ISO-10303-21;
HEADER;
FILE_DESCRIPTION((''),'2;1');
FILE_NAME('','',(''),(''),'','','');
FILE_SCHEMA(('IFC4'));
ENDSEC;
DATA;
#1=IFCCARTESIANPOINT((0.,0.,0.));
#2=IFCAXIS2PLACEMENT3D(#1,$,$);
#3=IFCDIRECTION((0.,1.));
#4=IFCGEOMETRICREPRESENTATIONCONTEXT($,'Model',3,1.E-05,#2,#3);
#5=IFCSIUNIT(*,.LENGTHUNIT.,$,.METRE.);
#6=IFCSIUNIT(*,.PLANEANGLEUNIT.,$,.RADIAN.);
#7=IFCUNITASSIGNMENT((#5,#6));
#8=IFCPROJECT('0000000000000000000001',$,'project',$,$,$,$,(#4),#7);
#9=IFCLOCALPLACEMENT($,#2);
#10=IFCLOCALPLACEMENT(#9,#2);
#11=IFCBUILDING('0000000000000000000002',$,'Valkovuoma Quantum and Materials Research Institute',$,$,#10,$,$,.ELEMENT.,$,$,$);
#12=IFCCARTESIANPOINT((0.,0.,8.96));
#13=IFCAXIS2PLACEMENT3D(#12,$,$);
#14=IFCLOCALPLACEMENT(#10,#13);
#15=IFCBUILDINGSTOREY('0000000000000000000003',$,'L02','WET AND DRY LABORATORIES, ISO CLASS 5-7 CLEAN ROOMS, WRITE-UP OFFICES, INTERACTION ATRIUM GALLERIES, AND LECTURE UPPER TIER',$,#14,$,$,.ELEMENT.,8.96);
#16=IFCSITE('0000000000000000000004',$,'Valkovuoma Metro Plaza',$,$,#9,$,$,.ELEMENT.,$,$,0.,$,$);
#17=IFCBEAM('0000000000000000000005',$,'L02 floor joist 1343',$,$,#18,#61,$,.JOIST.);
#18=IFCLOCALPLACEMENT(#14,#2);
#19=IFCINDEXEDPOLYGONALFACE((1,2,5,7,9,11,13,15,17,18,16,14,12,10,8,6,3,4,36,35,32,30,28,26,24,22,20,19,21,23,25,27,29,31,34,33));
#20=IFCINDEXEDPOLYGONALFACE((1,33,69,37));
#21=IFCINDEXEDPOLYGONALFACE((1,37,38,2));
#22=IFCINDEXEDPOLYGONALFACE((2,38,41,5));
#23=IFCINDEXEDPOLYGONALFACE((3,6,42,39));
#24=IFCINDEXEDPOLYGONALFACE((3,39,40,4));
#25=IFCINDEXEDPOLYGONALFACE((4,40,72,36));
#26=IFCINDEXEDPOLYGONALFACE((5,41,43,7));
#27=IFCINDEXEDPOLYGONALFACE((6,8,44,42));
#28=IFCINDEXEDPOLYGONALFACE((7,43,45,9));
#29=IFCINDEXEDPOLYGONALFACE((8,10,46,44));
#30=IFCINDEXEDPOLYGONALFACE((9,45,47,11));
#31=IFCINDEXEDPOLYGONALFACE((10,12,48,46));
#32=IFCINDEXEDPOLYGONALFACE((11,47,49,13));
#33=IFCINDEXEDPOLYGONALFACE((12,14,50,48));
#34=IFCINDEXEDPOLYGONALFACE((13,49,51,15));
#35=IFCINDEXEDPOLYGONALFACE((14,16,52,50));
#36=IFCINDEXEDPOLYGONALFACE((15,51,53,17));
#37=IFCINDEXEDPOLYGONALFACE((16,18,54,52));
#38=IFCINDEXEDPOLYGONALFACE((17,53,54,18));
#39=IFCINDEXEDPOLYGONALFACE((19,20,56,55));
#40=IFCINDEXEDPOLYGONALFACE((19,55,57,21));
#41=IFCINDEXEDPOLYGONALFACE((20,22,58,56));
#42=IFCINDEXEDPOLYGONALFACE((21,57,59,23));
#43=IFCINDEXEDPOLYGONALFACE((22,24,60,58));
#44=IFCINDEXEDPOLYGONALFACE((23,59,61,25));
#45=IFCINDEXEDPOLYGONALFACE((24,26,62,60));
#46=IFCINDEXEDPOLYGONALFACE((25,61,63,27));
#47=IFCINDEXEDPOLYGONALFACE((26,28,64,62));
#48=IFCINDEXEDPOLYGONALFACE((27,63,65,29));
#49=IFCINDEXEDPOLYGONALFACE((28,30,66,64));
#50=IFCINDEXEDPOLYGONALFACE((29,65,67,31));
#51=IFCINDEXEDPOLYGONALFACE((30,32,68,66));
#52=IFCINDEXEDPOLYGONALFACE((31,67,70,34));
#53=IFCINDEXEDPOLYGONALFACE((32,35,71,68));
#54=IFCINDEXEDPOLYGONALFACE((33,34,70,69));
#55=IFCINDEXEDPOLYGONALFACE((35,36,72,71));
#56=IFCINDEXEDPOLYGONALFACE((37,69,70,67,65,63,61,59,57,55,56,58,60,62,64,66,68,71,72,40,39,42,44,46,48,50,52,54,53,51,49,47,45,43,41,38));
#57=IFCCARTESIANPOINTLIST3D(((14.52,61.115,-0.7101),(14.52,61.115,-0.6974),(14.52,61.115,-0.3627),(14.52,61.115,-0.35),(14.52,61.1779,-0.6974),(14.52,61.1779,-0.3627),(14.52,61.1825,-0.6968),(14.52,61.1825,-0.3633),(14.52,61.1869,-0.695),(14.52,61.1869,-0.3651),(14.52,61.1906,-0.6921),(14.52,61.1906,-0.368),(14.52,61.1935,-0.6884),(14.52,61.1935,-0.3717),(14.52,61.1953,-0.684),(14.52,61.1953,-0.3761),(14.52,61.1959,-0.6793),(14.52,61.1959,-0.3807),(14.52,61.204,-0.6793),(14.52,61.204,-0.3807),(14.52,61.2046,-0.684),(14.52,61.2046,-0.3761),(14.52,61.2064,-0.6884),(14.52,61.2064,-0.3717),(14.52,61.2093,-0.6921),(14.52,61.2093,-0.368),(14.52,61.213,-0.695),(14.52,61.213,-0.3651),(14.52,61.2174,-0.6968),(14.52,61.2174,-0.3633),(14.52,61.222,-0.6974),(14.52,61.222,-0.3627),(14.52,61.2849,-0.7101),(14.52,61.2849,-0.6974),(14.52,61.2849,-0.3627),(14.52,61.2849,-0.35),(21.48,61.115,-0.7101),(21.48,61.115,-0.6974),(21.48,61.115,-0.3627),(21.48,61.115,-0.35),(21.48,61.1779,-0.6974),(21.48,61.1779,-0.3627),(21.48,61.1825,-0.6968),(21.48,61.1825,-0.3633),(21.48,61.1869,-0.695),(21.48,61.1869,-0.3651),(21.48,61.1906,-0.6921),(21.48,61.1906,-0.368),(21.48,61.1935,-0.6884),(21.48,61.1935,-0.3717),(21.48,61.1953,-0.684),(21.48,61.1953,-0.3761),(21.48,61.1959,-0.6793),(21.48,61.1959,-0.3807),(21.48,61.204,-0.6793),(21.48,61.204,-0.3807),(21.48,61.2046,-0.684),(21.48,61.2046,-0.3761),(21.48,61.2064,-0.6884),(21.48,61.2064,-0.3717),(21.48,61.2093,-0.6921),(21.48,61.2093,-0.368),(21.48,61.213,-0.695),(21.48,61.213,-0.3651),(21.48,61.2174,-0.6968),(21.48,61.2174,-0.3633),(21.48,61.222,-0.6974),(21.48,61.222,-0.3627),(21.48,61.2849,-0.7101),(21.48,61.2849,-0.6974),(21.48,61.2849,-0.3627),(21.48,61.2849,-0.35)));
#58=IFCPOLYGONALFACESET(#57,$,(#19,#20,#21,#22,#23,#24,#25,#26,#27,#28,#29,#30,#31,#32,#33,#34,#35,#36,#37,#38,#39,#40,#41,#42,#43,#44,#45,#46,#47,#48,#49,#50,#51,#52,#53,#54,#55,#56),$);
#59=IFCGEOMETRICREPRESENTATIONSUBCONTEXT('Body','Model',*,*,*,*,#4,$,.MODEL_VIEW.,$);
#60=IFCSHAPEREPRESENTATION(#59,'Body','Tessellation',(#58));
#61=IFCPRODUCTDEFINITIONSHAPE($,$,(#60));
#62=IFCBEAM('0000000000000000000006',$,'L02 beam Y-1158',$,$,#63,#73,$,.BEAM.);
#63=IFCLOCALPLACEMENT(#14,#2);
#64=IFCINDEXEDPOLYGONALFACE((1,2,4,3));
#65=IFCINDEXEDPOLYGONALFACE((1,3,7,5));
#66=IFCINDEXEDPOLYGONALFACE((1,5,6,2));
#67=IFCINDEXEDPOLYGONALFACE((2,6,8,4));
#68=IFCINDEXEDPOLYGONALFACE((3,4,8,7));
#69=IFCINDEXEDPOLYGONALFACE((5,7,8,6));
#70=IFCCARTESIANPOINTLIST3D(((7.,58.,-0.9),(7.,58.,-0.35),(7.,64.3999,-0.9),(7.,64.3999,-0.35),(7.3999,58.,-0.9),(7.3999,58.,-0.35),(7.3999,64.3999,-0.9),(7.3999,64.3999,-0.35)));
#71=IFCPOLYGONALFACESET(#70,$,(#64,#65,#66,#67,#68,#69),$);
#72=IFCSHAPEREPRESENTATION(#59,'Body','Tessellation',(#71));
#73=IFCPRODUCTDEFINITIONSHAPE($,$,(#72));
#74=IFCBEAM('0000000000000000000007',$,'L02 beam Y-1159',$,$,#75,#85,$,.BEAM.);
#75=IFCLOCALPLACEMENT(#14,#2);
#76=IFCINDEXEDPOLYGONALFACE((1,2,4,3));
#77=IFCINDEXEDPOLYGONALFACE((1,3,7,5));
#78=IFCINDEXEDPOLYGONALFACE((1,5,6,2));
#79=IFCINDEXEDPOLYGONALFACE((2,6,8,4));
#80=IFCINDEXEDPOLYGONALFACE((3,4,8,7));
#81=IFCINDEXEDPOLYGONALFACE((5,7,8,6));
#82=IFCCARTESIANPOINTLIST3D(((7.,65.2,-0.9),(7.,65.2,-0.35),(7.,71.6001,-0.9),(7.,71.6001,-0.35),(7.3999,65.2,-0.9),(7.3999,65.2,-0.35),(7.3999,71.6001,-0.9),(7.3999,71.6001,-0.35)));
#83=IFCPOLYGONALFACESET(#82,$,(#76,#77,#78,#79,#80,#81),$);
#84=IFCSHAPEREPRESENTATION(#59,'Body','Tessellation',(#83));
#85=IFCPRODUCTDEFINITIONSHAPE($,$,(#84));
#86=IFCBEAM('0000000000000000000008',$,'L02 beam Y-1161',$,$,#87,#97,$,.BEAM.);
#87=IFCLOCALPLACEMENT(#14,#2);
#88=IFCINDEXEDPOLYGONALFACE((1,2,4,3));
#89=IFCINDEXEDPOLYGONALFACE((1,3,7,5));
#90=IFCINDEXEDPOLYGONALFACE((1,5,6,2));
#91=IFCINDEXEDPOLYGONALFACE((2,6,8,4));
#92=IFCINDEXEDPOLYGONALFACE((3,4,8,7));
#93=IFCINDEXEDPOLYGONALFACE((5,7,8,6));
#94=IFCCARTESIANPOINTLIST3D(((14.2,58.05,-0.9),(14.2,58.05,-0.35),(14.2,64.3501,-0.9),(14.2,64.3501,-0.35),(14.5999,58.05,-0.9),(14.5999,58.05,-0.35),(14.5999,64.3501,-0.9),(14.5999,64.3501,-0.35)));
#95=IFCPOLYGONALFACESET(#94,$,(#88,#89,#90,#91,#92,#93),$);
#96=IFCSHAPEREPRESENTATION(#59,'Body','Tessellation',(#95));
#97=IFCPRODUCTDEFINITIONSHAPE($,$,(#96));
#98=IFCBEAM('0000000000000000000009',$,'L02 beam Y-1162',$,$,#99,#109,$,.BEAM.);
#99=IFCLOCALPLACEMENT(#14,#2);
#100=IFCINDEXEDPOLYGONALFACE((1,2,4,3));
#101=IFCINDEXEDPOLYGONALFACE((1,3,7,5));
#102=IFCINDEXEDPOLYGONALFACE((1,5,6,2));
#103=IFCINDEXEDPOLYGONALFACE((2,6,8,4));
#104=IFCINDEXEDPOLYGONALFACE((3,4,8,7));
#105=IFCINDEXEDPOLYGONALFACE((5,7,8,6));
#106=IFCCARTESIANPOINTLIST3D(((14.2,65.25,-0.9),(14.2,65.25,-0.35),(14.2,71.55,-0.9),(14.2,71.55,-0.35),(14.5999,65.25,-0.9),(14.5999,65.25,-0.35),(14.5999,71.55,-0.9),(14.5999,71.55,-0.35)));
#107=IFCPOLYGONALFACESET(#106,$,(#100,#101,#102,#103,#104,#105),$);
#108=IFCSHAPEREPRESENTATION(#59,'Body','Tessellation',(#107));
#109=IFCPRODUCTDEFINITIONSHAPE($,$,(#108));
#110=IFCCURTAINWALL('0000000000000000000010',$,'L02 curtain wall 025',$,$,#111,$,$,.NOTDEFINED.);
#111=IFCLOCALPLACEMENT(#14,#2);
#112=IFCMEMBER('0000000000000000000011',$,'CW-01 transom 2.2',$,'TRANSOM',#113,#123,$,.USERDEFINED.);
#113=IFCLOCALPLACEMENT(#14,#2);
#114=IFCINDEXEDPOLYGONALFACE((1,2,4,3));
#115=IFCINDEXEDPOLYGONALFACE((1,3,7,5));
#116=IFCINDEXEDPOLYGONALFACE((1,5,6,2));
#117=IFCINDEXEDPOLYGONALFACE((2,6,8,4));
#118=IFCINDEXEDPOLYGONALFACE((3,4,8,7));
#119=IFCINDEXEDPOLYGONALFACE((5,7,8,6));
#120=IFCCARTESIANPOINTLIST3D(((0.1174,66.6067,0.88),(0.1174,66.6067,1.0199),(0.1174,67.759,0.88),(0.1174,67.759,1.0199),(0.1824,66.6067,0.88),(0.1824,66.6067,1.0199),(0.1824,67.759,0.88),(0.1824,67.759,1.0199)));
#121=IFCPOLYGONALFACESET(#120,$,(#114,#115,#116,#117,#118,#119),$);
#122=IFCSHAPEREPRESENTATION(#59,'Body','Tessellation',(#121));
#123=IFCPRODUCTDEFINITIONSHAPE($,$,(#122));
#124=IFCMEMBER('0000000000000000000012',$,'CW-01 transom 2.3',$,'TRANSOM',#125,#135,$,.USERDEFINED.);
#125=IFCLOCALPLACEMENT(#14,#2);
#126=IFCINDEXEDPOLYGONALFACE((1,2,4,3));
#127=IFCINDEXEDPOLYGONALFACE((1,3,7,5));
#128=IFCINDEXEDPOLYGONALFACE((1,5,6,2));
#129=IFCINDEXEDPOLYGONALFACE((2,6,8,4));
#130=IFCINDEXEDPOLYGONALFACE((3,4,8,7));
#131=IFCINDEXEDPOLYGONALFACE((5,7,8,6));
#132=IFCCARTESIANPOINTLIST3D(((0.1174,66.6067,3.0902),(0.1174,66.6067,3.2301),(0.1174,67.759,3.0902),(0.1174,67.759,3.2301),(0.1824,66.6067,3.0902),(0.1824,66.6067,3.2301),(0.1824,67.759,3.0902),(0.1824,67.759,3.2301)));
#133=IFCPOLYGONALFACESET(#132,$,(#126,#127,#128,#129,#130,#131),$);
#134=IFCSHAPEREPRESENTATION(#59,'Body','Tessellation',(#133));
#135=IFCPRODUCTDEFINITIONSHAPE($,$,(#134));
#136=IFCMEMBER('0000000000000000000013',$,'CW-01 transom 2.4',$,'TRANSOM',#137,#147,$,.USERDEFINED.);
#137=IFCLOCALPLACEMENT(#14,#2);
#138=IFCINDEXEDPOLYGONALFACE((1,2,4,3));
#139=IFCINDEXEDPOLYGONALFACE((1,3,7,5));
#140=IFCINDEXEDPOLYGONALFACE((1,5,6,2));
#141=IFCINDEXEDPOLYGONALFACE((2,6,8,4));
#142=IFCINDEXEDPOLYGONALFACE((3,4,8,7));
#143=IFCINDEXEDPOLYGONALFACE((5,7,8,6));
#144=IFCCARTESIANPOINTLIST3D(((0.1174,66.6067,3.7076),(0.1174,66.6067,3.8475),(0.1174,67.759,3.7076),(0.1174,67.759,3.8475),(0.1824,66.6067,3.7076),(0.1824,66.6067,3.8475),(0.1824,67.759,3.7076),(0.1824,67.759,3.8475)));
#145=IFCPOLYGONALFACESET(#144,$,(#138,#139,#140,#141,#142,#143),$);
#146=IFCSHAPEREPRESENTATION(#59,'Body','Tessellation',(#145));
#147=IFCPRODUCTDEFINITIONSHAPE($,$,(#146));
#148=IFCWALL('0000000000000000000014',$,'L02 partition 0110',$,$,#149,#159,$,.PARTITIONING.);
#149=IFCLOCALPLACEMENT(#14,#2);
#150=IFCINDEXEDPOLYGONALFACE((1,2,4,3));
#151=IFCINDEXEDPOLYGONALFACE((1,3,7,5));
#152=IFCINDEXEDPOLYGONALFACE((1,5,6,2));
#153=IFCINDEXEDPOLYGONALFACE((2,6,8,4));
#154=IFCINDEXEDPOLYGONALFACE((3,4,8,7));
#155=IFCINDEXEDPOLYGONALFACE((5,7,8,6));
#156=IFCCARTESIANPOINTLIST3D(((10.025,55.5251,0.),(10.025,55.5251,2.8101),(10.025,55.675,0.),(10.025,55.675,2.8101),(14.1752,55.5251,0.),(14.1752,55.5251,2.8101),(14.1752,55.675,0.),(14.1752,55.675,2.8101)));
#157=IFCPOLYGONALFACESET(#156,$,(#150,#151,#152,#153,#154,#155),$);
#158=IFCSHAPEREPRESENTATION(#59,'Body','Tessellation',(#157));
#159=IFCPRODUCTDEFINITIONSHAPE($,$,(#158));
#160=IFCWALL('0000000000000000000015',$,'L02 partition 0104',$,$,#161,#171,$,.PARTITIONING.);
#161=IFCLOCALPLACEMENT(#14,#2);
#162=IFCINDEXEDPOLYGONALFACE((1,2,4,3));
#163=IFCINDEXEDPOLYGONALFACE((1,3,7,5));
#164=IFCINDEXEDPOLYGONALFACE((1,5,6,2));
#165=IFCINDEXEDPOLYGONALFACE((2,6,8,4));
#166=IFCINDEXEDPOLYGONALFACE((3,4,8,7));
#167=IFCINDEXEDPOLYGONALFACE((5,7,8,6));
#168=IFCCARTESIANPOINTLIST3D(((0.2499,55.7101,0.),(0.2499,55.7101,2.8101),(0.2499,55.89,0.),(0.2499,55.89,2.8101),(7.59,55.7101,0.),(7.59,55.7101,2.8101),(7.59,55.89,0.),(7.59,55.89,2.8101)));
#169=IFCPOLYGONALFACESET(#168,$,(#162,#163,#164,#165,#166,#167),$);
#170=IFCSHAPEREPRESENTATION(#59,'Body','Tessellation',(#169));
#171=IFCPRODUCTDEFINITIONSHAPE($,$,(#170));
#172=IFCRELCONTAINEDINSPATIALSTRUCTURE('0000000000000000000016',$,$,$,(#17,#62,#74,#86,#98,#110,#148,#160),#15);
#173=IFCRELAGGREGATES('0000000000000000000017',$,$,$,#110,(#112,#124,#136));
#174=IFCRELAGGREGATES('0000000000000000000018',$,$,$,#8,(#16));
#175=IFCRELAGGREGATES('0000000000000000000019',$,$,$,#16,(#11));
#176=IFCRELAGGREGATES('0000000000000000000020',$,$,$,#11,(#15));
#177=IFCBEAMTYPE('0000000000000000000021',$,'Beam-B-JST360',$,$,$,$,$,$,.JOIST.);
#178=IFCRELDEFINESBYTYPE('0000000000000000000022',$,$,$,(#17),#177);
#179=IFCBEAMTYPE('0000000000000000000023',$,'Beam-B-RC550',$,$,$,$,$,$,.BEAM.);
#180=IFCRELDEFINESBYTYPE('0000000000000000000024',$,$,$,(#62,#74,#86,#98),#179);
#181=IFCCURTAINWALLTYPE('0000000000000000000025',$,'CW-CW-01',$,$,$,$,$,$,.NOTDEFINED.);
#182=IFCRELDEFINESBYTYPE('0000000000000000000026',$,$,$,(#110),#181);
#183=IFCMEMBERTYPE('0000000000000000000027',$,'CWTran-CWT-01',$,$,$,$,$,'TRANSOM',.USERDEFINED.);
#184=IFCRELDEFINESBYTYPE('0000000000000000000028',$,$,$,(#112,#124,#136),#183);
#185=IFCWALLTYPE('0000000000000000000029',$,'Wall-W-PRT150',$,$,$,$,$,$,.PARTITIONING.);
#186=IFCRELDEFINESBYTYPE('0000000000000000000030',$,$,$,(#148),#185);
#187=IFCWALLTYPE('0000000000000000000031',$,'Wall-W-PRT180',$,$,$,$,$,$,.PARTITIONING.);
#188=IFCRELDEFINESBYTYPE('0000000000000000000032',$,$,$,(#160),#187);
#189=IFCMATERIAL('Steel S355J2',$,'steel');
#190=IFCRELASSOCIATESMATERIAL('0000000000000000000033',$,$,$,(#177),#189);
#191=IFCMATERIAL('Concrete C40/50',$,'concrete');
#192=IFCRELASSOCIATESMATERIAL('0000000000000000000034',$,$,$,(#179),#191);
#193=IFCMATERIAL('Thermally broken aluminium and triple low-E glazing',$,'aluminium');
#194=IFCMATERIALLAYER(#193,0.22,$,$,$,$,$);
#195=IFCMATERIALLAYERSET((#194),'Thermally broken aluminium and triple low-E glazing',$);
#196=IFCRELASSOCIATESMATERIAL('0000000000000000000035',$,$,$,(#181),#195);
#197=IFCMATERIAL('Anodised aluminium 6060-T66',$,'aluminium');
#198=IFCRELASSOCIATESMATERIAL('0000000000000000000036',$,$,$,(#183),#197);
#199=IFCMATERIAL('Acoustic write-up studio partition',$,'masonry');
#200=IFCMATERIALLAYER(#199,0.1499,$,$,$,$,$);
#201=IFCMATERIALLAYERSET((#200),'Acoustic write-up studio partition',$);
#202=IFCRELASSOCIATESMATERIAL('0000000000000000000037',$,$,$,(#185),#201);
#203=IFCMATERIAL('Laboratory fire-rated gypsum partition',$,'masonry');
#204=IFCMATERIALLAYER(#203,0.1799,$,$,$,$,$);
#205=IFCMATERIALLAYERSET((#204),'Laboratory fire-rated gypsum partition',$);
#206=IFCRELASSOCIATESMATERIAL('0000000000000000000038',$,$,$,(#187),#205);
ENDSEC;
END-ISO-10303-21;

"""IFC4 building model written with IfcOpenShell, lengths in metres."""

from ifc_helpers import new_model, si_unit, direction, frame, frame_2d, origin, origin_2d, place, context, subcontext, project, spatial, rectangle, i_section, extrude, material, layer, layer_set, material_profile, profile_set, type_object, element, aggregate, save


model = new_model("IFC4")

# Units and contexts
model_context = context("Model", 3, precision=1e-05, world=origin(), true_north=direction((0.0, 1.0)))
body_context = subcontext(model_context, "Body", "Model", "MODEL_VIEW")
ifc_project = project(units=[si_unit("LENGTHUNIT", "METRE"), si_unit("PLANEANGLEUNIT", "RADIAN")], contexts=[model_context])

# Site, building, storey
site_placement = place(None, origin())
site = spatial("IfcSite", under=ifc_project, at=site_placement, Name="Valkovuoma Metro Plaza", CompositionType="ELEMENT", RefElevation=0.0)
building_placement = place(site_placement, origin())
building = spatial("IfcBuilding", under=site, at=building_placement, Name="Valkovuoma Quantum and Materials Research Institute", CompositionType="ELEMENT")
storey_placement = place(building_placement, frame((0.0, 0.0, 8.96)))
storey = spatial("IfcBuildingStorey", under=building, at=storey_placement, Name="L02", Description="WET AND DRY LABORATORIES, ISO CLASS 5-7 CLEAN ROOMS, WRITE-UP OFFICES, INTERACTION ATRIUM GALLERIES, AND LECTURE UPPER TIER", CompositionType="ELEMENT", Elevation=8.96)

# Beams
ifc_material_1 = material(Name="Steel S355J2", Category="steel")
ifc_material_profile_1 = material_profile(ifc_material_1, i_section(OverallWidth=0.1699, OverallDepth=0.3601, WebThickness=0.0081, FlangeThickness=0.0127, FilletRadius=0.0181, at=origin_2d()), Name="Steel S355J2")
ifc_profile_set_1 = profile_set([ifc_material_profile_1], Name="Steel S355J2")
beam_type_1 = type_object("IfcBeamType", Name="Beam-B-JST360", PredefinedType="JOIST", material=ifc_profile_set_1)
for number, where, z_axis, x_axis, name in (
    (1, (14.52, 61.2, -0.53), (1.0, 0.0, 0.0), (0.0, 1.0, 0.0), "L02 floor joist 1343"),
):
    element("IfcBeam", number, at=place(storey_placement, frame(where, z_axis=z_axis, x_axis=x_axis)), inside=storey, type_object=beam_type_1, Name=name, PredefinedType="JOIST", context=body_context, shape_type="SweptSolid", body=[
        extrude(i_section(OverallWidth=0.1699, OverallDepth=0.3601, WebThickness=0.0081, FlangeThickness=0.0127, FilletRadius=0.0181, at=origin_2d()), origin(), (0.0, 0.0, 1.0), 6.96),
    ])
ifc_material_2 = material(Name="Concrete C40/50", Category="concrete")
ifc_material_profile_2 = material_profile(ifc_material_2, rectangle(XDim=0.3999, YDim=0.55, at=origin_2d()), Name="Concrete C40/50")
ifc_profile_set_2 = profile_set([ifc_material_profile_2], Name="Concrete C40/50")
beam_type_2 = type_object("IfcBeamType", Name="Beam-B-RC550", PredefinedType="BEAM", material=ifc_profile_set_2)
beam_1_placement = place(storey_placement, frame((7.2, 58.0, -0.625), z_axis=(0.0, 1.0, 0.0), x_axis=(-1.0, 0.0, 0.0)))
element("IfcBeam", 2, at=beam_1_placement, inside=storey, type_object=beam_type_2, Name="L02 beam Y-1158", PredefinedType="BEAM", context=body_context, shape_type="SweptSolid", body=[
    extrude(rectangle(XDim=0.3999, YDim=0.55, at=origin_2d()), origin(), (0.0, 0.0, 1.0), 6.3999),
])
beam_2_placement = place(storey_placement, frame((7.2, 65.2, -0.625), z_axis=(0.0, 1.0, 0.0), x_axis=(-1.0, 0.0, 0.0)))
element("IfcBeam", 3, at=beam_2_placement, inside=storey, type_object=beam_type_2, Name="L02 beam Y-1159", PredefinedType="BEAM", context=body_context, shape_type="SweptSolid", body=[
    extrude(rectangle(XDim=0.3999, YDim=0.55, at=origin_2d()), origin(), (0.0, 0.0, 1.0), 6.4001),
])
for number, where, z_axis, x_axis, name in (
    (4, (14.3999, 58.05, -0.625), (0.0, 1.0, 0.0), (-1.0, 0.0, 0.0), "L02 beam Y-1161"),
    (5, (14.3999, 65.25, -0.625), (0.0, 1.0, 0.0), (-1.0, 0.0, 0.0), "L02 beam Y-1162"),
):
    element("IfcBeam", number, at=place(storey_placement, frame(where, z_axis=z_axis, x_axis=x_axis)), inside=storey, type_object=beam_type_2, Name=name, PredefinedType="BEAM", context=body_context, shape_type="SweptSolid", body=[
        extrude(rectangle(XDim=0.3999, YDim=0.55, at=origin_2d()), origin(), (0.0, 0.0, 1.0), 6.3),
    ])

# Curtain wall, members
ifc_material_3 = material(Name="Thermally broken aluminium and triple low-E glazing", Category="aluminium")
ifc_layer_1 = layer(ifc_material_3, 0.22)
ifc_layer_set_1 = layer_set([ifc_layer_1], Name="Thermally broken aluminium and triple low-E glazing")
curtain_wall_type = type_object("IfcCurtainWallType", Name="CW-CW-01", PredefinedType="NOTDEFINED", material=ifc_layer_set_1)
curtain_wall_placement = place(storey_placement, origin())
curtain_wall = element("IfcCurtainWall", 6, at=curtain_wall_placement, inside=storey, type_object=curtain_wall_type, Name="L02 curtain wall 025", PredefinedType="NOTDEFINED")
ifc_material_4 = material(Name="Anodised aluminium 6060-T66", Category="aluminium")
ifc_material_profile_3 = material_profile(ifc_material_4, rectangle(XDim=0.0649, YDim=0.1399, at=origin_2d()), Name="Anodised aluminium 6060-T66")
ifc_profile_set_3 = profile_set([ifc_material_profile_3], Name="Anodised aluminium 6060-T66")
member_type = type_object("IfcMemberType", Name="CWTran-CWT-01", ElementType="TRANSOM", PredefinedType="USERDEFINED", material=ifc_profile_set_3)
member_1_placement = place(storey_placement, frame((0.1499, 66.6067, 0.95), z_axis=(0.0, 1.0, 0.0), x_axis=(-1.0, 0.0, 0.0)))
member_1 = element("IfcMember", 7, at=member_1_placement, type_object=member_type, Name="CW-01 transom 2.2", ObjectType="TRANSOM", PredefinedType="USERDEFINED", context=body_context, shape_type="SweptSolid", body=[
    extrude(rectangle(XDim=0.0649, YDim=0.1399, at=origin_2d()), origin(), (0.0, 0.0, 1.0), 1.1523),
])
member_2_placement = place(storey_placement, frame((0.1499, 66.6067, 3.1602), z_axis=(0.0, 1.0, 0.0), x_axis=(-1.0, 0.0, 0.0)))
member_2 = element("IfcMember", 8, at=member_2_placement, type_object=member_type, Name="CW-01 transom 2.3", ObjectType="TRANSOM", PredefinedType="USERDEFINED", context=body_context, shape_type="SweptSolid", body=[
    extrude(rectangle(XDim=0.0649, YDim=0.1399, at=origin_2d()), origin(), (0.0, 0.0, 1.0), 1.1523),
])
member_3_placement = place(storey_placement, frame((0.1499, 66.6067, 3.7776), z_axis=(0.0, 1.0, 0.0), x_axis=(-1.0, 0.0, 0.0)))
member_3 = element("IfcMember", 9, at=member_3_placement, type_object=member_type, Name="CW-01 transom 2.4", ObjectType="TRANSOM", PredefinedType="USERDEFINED", context=body_context, shape_type="SweptSolid", body=[
    extrude(rectangle(XDim=0.0649, YDim=0.1399, at=origin_2d()), origin(), (0.0, 0.0, 1.0), 1.1523),
])
aggregate(curtain_wall, [member_1, member_2, member_3])

# Walls
ifc_material_5 = material(Name="Acoustic write-up studio partition", Category="masonry")
ifc_layer_2 = layer(ifc_material_5, 0.1499)
ifc_layer_set_2 = layer_set([ifc_layer_2], Name="Acoustic write-up studio partition")
wall_type_1 = type_object("IfcWallType", Name="Wall-W-PRT150", PredefinedType="PARTITIONING", material=ifc_layer_set_2)
wall_1_placement = place(storey_placement, frame((10.0249, 55.6001, 0.0), z_axis=(0.0, 0.0, 1.0), x_axis=(1.0, 0.0, 0.0)))
element("IfcWall", 10, at=wall_1_placement, inside=storey, type_object=wall_type_1, Name="L02 partition 0110", PredefinedType="PARTITIONING", context=body_context, shape_type="SweptSolid", body=[
    extrude(rectangle(XDim=4.1501, YDim=0.1499, at=frame_2d((2.0752, 0.0))), origin(), (0.0, 0.0, 1.0), 2.8101),
])
ifc_material_6 = material(Name="Laboratory fire-rated gypsum partition", Category="masonry")
ifc_layer_3 = layer(ifc_material_6, 0.1799)
ifc_layer_set_3 = layer_set([ifc_layer_3], Name="Laboratory fire-rated gypsum partition")
wall_type_2 = type_object("IfcWallType", Name="Wall-W-PRT180", PredefinedType="PARTITIONING", material=ifc_layer_set_3)
wall_2_placement = place(storey_placement, frame((0.25, 55.8, 0.0), z_axis=(0.0, 0.0, 1.0), x_axis=(1.0, 0.0, 0.0)))
element("IfcWall", 11, at=wall_2_placement, inside=storey, type_object=wall_type_2, Name="L02 partition 0104", PredefinedType="PARTITIONING", context=body_context, shape_type="SweptSolid", body=[
    extrude(rectangle(XDim=7.3401, YDim=0.1799, at=frame_2d((3.6699, 0.0))), origin(), (0.0, 0.0, 1.0), 2.8101),
])

save(model, "model.ifc")
